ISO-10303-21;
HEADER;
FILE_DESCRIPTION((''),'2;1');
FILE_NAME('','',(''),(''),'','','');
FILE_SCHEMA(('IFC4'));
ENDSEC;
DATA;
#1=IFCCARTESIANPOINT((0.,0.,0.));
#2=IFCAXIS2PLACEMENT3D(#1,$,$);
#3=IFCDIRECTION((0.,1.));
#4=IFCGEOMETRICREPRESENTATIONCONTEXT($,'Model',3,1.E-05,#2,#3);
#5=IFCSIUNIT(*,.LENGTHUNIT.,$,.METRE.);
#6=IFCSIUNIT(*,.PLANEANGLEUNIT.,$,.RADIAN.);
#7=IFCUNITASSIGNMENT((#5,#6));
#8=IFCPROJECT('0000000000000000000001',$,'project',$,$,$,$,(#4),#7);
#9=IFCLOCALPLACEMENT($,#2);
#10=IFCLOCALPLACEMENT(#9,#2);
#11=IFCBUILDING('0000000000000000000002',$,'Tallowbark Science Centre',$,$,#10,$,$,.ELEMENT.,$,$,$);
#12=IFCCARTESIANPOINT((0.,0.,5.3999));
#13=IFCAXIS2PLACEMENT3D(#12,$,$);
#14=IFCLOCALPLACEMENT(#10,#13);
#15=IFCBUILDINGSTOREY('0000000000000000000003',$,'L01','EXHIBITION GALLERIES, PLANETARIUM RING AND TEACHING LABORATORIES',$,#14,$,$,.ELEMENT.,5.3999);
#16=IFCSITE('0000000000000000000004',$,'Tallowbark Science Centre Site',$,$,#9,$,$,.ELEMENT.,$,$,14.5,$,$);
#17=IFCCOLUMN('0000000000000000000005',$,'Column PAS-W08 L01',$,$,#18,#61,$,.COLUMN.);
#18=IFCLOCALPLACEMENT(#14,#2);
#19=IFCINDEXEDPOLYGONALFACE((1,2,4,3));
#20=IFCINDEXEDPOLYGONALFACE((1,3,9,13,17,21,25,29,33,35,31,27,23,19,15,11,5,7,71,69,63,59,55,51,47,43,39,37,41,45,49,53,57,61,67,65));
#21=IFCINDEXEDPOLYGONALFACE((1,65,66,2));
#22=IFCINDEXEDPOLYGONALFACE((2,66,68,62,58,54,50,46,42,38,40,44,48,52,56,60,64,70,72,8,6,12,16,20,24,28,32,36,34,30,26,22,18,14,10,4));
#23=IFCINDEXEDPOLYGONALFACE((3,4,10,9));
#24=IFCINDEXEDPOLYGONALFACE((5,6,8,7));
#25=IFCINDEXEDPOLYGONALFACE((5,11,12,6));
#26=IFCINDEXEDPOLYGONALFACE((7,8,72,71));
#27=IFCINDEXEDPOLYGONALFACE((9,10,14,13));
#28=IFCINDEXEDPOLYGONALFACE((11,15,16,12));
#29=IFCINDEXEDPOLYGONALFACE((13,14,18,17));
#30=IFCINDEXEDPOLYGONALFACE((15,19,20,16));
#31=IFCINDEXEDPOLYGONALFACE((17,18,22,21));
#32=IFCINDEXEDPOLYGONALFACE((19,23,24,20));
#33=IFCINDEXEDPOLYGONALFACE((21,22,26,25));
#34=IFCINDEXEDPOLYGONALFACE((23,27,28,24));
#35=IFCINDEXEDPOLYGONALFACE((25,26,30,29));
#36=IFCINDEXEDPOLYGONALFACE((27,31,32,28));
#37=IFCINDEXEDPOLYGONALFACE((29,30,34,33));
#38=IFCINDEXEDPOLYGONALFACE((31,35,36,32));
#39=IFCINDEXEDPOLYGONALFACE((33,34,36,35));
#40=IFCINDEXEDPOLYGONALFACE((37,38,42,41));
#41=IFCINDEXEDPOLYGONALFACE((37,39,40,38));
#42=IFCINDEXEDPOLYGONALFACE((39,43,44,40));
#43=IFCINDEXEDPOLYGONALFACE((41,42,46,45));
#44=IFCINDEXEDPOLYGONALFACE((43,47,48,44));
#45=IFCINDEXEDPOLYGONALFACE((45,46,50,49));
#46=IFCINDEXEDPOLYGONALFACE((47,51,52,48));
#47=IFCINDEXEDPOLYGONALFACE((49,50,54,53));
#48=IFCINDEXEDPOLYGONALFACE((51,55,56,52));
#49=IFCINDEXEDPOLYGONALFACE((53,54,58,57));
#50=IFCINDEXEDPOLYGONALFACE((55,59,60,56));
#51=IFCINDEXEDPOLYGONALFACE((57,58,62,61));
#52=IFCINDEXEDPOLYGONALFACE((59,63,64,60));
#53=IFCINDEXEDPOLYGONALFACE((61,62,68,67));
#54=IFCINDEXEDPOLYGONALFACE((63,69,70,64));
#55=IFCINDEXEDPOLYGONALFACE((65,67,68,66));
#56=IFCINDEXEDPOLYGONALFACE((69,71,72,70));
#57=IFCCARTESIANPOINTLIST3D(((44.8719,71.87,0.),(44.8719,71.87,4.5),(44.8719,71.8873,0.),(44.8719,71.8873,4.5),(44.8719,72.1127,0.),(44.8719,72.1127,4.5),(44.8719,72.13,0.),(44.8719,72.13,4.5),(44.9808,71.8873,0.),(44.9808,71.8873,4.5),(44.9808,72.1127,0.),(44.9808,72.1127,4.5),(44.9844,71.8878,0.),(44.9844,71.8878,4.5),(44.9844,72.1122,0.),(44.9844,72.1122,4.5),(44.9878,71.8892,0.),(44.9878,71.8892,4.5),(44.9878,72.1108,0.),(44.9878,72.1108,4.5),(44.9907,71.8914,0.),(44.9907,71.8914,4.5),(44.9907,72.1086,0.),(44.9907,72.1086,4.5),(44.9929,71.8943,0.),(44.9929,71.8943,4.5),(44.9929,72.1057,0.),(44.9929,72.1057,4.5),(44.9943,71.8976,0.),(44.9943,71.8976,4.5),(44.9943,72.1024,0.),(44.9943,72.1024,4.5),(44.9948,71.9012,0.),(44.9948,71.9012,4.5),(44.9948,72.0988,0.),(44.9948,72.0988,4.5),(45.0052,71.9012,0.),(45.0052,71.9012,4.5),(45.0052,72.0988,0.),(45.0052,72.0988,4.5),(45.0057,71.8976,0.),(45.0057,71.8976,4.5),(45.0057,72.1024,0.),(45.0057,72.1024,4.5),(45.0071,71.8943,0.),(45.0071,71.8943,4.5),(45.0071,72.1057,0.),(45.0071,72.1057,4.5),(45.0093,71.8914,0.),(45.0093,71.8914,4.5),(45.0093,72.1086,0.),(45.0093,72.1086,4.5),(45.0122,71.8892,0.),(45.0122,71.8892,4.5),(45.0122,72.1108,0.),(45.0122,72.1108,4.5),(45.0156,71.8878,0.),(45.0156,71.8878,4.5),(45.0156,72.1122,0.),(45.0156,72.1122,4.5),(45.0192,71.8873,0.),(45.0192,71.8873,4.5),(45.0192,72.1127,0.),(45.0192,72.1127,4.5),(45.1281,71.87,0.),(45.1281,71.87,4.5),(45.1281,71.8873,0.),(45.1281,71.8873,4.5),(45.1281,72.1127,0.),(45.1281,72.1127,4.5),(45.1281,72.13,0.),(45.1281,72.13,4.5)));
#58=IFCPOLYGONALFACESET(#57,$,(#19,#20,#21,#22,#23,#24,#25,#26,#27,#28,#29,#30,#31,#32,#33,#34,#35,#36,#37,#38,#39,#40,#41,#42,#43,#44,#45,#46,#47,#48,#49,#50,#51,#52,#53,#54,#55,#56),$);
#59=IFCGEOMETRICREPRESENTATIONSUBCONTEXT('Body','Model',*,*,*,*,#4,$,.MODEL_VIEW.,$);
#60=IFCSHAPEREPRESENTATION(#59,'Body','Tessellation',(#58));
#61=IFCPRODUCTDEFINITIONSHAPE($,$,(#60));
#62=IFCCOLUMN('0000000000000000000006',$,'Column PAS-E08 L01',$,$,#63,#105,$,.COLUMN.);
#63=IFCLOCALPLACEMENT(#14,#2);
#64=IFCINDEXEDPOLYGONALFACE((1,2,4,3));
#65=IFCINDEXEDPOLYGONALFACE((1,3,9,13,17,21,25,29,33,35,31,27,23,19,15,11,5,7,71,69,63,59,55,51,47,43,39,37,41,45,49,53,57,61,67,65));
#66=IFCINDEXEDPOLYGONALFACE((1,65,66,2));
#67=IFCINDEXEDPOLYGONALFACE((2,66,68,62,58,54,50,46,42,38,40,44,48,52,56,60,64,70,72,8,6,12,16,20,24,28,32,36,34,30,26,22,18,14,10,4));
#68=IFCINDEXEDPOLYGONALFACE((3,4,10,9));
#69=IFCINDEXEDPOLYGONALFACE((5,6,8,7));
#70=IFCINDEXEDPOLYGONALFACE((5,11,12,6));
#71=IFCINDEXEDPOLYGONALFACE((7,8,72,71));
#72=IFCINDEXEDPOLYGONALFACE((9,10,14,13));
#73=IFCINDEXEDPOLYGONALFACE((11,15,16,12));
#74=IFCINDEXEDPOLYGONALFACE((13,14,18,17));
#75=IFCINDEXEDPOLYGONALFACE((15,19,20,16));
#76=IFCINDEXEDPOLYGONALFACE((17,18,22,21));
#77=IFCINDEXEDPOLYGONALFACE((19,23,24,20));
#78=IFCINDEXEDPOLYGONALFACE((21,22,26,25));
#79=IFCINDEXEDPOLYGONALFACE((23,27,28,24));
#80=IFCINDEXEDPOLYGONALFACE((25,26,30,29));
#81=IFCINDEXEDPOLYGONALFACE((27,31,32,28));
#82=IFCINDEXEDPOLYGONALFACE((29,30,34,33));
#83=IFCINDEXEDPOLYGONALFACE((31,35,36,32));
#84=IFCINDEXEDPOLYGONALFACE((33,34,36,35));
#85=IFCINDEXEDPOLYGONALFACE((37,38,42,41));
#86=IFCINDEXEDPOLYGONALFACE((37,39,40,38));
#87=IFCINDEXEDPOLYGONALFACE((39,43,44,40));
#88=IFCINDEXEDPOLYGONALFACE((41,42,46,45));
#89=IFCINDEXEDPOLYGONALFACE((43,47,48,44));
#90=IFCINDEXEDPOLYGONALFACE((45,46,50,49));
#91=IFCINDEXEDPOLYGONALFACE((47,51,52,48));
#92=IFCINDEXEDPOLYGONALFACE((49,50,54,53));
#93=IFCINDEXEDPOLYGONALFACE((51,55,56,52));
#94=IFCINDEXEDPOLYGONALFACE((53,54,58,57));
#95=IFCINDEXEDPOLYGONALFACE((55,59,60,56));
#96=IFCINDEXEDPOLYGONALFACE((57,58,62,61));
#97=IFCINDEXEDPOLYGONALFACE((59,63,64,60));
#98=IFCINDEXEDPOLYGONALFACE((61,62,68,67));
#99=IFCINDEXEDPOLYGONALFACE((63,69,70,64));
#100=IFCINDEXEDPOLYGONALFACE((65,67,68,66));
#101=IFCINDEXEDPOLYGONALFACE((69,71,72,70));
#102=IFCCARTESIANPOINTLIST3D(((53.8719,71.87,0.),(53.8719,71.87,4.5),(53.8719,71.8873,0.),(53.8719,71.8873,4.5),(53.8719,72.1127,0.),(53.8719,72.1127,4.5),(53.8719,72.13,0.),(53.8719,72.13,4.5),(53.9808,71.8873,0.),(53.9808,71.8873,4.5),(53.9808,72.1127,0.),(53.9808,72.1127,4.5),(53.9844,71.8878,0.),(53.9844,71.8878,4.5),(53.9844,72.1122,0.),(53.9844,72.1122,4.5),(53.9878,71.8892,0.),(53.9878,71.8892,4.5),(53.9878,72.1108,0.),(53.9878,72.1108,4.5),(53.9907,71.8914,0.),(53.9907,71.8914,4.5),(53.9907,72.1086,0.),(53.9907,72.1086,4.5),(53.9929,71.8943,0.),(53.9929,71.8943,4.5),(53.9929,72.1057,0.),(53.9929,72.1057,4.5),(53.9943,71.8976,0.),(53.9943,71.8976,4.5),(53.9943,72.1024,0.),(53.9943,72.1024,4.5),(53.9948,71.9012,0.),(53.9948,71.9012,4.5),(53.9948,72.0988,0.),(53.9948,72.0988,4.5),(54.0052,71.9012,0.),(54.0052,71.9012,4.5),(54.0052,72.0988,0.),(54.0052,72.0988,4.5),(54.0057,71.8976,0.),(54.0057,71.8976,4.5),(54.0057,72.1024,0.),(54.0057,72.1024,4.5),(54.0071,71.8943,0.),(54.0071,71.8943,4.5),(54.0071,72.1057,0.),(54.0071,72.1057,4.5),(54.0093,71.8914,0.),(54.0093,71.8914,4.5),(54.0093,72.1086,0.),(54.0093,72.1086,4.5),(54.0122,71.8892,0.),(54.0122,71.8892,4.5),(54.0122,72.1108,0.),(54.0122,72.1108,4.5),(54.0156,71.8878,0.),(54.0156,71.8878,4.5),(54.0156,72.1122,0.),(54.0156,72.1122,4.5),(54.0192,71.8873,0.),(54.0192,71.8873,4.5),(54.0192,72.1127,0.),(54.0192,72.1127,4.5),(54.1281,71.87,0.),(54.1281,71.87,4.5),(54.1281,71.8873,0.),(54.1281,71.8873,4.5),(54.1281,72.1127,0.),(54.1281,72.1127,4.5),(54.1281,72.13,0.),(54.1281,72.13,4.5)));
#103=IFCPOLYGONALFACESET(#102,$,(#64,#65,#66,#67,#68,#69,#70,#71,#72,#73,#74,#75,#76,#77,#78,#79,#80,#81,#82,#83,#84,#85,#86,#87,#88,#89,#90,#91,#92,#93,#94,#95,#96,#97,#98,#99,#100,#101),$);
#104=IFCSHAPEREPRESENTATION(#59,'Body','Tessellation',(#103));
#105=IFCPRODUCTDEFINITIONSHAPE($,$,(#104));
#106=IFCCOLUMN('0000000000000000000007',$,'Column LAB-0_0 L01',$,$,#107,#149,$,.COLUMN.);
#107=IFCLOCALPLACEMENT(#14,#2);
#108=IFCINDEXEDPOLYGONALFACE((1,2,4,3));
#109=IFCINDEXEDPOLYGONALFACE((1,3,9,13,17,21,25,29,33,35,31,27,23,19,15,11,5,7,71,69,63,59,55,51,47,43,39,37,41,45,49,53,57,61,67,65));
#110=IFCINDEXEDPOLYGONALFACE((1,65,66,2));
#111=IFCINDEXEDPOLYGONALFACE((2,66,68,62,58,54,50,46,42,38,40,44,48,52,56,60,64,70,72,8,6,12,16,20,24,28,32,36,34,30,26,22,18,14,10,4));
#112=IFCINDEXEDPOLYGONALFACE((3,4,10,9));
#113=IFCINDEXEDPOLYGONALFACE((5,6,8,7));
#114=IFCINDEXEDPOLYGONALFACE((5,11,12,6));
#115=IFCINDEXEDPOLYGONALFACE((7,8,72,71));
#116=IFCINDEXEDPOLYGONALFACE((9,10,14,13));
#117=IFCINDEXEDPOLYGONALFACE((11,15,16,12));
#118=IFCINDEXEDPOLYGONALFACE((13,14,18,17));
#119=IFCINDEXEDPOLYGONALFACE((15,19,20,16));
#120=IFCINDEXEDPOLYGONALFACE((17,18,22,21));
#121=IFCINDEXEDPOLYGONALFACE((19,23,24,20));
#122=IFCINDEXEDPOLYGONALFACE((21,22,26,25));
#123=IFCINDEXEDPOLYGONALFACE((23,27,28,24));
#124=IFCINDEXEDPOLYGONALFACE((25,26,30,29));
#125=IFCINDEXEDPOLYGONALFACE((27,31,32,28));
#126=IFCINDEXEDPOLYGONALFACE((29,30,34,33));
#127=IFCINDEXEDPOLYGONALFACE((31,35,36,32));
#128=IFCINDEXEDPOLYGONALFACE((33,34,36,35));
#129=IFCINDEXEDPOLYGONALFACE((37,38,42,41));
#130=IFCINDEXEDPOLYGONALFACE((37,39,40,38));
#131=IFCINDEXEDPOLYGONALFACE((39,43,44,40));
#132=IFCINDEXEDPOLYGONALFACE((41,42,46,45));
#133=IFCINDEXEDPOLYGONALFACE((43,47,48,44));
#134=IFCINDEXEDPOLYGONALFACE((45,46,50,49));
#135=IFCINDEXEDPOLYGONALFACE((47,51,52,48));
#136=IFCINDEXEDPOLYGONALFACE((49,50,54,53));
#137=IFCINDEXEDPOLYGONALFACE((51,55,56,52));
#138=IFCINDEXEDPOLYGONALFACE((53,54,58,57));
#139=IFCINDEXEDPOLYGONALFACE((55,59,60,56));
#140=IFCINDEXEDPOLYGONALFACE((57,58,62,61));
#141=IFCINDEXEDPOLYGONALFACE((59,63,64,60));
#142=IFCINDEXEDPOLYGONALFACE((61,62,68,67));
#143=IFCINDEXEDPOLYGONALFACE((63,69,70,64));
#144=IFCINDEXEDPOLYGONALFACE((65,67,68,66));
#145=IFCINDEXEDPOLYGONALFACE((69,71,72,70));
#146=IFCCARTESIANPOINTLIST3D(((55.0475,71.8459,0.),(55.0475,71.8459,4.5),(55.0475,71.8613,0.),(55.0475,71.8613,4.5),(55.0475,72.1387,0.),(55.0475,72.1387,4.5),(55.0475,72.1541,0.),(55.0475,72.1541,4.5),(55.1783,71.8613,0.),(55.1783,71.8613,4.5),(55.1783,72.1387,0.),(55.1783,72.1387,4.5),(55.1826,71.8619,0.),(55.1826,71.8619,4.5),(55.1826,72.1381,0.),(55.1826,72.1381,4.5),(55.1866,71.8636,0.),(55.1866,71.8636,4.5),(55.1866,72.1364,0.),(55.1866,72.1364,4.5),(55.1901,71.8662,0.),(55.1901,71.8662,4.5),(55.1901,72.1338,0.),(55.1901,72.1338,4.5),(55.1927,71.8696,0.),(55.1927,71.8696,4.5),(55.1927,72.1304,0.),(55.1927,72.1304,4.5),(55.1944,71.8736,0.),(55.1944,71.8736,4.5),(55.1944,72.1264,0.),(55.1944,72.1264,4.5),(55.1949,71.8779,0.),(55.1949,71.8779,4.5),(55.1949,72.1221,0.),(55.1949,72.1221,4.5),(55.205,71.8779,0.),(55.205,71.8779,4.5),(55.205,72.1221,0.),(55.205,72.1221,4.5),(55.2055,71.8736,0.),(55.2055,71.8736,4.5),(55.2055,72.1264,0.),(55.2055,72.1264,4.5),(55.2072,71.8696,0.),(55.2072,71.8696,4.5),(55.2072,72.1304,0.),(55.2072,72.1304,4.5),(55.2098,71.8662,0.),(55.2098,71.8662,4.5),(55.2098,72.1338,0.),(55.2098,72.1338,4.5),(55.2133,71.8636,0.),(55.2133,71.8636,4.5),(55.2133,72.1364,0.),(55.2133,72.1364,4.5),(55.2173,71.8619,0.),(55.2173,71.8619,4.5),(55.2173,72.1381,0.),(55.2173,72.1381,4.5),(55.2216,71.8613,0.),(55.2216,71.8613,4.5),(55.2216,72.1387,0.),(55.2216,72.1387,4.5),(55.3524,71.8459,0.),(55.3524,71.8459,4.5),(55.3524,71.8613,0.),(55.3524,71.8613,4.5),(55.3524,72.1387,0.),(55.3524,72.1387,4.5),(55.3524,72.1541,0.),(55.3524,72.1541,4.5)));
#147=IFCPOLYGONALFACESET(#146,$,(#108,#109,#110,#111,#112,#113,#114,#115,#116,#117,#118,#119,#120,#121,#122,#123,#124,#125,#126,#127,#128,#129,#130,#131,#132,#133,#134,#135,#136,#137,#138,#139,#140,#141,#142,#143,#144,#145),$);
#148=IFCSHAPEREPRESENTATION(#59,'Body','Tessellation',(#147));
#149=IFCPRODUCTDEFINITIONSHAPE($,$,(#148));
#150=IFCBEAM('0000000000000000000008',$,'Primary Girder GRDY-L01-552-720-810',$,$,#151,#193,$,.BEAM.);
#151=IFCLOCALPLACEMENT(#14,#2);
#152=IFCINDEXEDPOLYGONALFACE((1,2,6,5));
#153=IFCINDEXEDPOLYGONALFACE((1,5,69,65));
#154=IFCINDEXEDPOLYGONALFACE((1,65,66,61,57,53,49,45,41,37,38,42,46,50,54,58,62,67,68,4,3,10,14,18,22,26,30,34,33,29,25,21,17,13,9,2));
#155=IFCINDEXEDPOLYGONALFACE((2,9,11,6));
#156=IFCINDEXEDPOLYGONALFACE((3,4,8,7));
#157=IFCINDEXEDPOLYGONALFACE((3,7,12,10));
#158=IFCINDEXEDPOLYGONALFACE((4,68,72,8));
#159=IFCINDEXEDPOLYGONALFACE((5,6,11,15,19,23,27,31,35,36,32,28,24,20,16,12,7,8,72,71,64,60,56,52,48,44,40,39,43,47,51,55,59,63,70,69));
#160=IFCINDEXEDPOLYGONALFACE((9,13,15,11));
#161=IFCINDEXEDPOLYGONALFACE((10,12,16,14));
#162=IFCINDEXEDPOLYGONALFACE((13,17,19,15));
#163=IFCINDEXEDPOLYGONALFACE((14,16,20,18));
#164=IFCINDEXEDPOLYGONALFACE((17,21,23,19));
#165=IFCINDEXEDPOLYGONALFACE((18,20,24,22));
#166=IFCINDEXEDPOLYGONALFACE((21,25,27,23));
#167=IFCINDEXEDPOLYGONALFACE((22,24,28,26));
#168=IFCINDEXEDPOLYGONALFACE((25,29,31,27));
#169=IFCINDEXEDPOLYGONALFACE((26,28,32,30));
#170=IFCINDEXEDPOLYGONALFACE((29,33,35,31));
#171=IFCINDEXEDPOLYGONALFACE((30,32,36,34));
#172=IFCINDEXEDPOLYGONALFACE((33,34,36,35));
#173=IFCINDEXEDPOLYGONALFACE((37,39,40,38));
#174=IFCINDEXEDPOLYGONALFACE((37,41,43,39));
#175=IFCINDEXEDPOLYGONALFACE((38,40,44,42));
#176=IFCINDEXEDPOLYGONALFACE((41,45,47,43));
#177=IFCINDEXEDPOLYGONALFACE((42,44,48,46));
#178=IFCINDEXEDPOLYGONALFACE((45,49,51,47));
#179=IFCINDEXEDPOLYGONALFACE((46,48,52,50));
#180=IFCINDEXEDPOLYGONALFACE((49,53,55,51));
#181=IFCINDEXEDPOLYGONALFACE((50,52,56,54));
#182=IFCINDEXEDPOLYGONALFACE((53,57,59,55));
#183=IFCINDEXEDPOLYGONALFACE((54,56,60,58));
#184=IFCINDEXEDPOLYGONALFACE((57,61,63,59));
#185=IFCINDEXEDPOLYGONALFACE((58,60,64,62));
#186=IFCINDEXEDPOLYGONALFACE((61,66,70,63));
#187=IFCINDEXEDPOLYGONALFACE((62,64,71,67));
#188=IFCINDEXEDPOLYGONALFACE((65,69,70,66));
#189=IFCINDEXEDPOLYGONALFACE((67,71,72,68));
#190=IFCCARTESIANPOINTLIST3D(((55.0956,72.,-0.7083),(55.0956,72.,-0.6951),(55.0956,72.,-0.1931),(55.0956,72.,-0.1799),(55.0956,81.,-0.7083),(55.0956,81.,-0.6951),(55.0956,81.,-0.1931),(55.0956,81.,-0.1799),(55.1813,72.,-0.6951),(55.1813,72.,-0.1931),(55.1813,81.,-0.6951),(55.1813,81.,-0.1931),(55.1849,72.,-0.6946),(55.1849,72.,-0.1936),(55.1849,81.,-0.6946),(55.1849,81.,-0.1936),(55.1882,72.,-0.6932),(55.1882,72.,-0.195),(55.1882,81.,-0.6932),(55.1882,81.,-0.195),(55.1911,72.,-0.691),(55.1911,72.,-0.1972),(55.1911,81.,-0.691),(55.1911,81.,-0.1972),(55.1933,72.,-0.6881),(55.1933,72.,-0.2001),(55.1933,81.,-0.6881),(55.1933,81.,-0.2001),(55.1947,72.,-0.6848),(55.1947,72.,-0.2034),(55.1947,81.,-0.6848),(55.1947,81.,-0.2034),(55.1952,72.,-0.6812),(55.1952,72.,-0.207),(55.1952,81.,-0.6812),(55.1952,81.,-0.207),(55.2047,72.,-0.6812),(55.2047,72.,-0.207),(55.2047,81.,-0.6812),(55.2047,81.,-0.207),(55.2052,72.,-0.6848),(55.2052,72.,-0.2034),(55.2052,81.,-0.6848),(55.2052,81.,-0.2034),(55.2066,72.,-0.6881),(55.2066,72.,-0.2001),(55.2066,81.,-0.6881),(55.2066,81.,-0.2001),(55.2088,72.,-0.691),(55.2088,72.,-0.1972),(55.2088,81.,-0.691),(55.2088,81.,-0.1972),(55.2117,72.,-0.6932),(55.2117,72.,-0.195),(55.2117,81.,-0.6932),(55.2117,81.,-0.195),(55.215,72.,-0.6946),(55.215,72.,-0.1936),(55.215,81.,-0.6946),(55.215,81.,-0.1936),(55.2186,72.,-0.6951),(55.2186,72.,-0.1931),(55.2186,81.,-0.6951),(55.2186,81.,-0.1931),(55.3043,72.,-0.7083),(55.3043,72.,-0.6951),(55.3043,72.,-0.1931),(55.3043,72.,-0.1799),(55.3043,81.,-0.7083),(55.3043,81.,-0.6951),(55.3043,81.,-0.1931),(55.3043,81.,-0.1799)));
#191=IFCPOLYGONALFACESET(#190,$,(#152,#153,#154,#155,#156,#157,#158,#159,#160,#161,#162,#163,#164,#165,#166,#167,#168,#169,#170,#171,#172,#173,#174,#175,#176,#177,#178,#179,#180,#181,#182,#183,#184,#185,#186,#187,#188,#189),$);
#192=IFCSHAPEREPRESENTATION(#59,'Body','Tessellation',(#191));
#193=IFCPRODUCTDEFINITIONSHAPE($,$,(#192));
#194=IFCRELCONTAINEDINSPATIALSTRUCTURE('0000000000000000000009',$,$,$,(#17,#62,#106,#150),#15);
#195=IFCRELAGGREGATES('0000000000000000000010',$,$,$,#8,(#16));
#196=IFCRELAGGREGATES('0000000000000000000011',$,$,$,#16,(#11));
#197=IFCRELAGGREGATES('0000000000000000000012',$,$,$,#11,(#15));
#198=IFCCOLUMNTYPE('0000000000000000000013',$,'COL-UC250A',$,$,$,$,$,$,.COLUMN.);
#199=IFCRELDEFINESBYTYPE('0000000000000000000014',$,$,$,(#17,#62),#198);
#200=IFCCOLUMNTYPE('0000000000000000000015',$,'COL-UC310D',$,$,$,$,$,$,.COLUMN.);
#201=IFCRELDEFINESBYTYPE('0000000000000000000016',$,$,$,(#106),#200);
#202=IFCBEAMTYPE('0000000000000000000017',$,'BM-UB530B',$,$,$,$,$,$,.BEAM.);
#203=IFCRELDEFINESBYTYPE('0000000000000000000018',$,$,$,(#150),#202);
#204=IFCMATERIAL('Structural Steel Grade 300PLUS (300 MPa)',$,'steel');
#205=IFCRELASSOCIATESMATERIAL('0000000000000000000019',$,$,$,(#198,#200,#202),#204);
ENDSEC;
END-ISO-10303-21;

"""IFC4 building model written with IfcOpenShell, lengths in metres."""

from ifc_helpers import new_model, si_unit, direction, frame, origin, origin_2d, place, context, subcontext, project, spatial, i_section, extrude, material, material_profile, profile_set, type_object, element, save


model = new_model("IFC4")

# Units and contexts
model_context = context("Model", 3, precision=1e-05, world=origin(), true_north=direction((0.0, 1.0)))
body_context = subcontext(model_context, "Body", "Model", "MODEL_VIEW")
ifc_project = project(units=[si_unit("LENGTHUNIT", "METRE"), si_unit("PLANEANGLEUNIT", "RADIAN")], contexts=[model_context])

# Site, building, storey
site_placement = place(None, origin())
site = spatial("IfcSite", under=ifc_project, at=site_placement, Name="Tallowbark Science Centre Site", CompositionType="ELEMENT", RefElevation=14.5)
building_placement = place(site_placement, origin())
building = spatial("IfcBuilding", under=site, at=building_placement, Name="Tallowbark Science Centre", CompositionType="ELEMENT")
storey_placement = place(building_placement, frame((0.0, 0.0, 5.3999)))
storey = spatial("IfcBuildingStorey", under=building, at=storey_placement, Name="L01", Description="EXHIBITION GALLERIES, PLANETARIUM RING AND TEACHING LABORATORIES", CompositionType="ELEMENT", Elevation=5.3999)

# Columns
ifc_material_1 = material(Name="Structural Steel Grade 300PLUS (300 MPa)", Category="steel")
ifc_material_profile_1 = material_profile(ifc_material_1, i_section(OverallWidth=0.2561, OverallDepth=0.26, WebThickness=0.0105, FlangeThickness=0.0173, FilletRadius=0.0139, at=origin_2d()), Name="250UC89.5")
ifc_profile_set_1 = profile_set([ifc_material_profile_1], Name="Structural Steel Grade 300PLUS (300 MPa)")
column_type_1 = type_object("IfcColumnType", Name="COL-UC250A", PredefinedType="COLUMN", material=ifc_profile_set_1)
for number, where, z_axis, x_axis, name in (
    (1, (45.0, 72.0, 0.0), (0.0, 0.0, 1.0), (1.0, 0.0, 0.0), "Column PAS-W08 L01"),
    (2, (54.0, 72.0, 0.0), (0.0, 0.0, 1.0), (1.0, 0.0, 0.0), "Column PAS-E08 L01"),
):
    element("IfcColumn", number, at=place(storey_placement, frame(where, z_axis=z_axis, x_axis=x_axis)), inside=storey, type_object=column_type_1, Name=name, PredefinedType="COLUMN", context=body_context, shape_type="SweptSolid", body=[
        extrude(i_section(OverallWidth=0.2561, OverallDepth=0.26, WebThickness=0.0105, FlangeThickness=0.0173, FilletRadius=0.0139, at=origin_2d()), origin(), (0.0, 0.0, 1.0), 4.5),
    ])
ifc_material_profile_2 = material_profile(ifc_material_1, i_section(OverallWidth=0.3049, OverallDepth=0.3081, WebThickness=0.01, FlangeThickness=0.0154, FilletRadius=0.0166, at=origin_2d()), Name="310UC96.8")
ifc_profile_set_2 = profile_set([ifc_material_profile_2], Name="Structural Steel Grade 300PLUS (300 MPa)")
column_type_2 = type_object("IfcColumnType", Name="COL-UC310D", PredefinedType="COLUMN", material=ifc_profile_set_2)
column_1_placement = place(storey_placement, frame((55.2, 72.0, 0.0), z_axis=(0.0, 0.0, 1.0), x_axis=(1.0, 0.0, 0.0)))
element("IfcColumn", 3, at=column_1_placement, inside=storey, type_object=column_type_2, Name="Column LAB-0_0 L01", PredefinedType="COLUMN", context=body_context, shape_type="SweptSolid", body=[
    extrude(i_section(OverallWidth=0.3049, OverallDepth=0.3081, WebThickness=0.01, FlangeThickness=0.0154, FilletRadius=0.0166, at=origin_2d()), origin(), (0.0, 0.0, 1.0), 4.5),
])

# Beam
ifc_material_profile_3 = material_profile(ifc_material_1, i_section(OverallWidth=0.2087, OverallDepth=0.5283, WebThickness=0.0095, FlangeThickness=0.0132, FilletRadius=0.0139, at=origin_2d()), Name="530UB82.0")
ifc_profile_set_3 = profile_set([ifc_material_profile_3], Name="Structural Steel Grade 300PLUS (300 MPa)")
beam_type_1 = type_object("IfcBeamType", Name="BM-UB530B", PredefinedType="BEAM", material=ifc_profile_set_3)
beam_1_placement = place(storey_placement, frame((55.2, 72.0, -0.4441), z_axis=(0.0, 1.0, 0.0), x_axis=(-1.0, 0.0, 0.0)))
element("IfcBeam", 4, at=beam_1_placement, inside=storey, type_object=beam_type_1, Name="Primary Girder GRDY-L01-552-720-810", PredefinedType="BEAM", context=body_context, shape_type="SweptSolid", body=[
    extrude(i_section(OverallWidth=0.2087, OverallDepth=0.5283, WebThickness=0.0095, FlangeThickness=0.0132, FilletRadius=0.0139, at=origin_2d()), origin(), (0.0, 0.0, 1.0), 9.0),
])

save(model, "model.ifc")
